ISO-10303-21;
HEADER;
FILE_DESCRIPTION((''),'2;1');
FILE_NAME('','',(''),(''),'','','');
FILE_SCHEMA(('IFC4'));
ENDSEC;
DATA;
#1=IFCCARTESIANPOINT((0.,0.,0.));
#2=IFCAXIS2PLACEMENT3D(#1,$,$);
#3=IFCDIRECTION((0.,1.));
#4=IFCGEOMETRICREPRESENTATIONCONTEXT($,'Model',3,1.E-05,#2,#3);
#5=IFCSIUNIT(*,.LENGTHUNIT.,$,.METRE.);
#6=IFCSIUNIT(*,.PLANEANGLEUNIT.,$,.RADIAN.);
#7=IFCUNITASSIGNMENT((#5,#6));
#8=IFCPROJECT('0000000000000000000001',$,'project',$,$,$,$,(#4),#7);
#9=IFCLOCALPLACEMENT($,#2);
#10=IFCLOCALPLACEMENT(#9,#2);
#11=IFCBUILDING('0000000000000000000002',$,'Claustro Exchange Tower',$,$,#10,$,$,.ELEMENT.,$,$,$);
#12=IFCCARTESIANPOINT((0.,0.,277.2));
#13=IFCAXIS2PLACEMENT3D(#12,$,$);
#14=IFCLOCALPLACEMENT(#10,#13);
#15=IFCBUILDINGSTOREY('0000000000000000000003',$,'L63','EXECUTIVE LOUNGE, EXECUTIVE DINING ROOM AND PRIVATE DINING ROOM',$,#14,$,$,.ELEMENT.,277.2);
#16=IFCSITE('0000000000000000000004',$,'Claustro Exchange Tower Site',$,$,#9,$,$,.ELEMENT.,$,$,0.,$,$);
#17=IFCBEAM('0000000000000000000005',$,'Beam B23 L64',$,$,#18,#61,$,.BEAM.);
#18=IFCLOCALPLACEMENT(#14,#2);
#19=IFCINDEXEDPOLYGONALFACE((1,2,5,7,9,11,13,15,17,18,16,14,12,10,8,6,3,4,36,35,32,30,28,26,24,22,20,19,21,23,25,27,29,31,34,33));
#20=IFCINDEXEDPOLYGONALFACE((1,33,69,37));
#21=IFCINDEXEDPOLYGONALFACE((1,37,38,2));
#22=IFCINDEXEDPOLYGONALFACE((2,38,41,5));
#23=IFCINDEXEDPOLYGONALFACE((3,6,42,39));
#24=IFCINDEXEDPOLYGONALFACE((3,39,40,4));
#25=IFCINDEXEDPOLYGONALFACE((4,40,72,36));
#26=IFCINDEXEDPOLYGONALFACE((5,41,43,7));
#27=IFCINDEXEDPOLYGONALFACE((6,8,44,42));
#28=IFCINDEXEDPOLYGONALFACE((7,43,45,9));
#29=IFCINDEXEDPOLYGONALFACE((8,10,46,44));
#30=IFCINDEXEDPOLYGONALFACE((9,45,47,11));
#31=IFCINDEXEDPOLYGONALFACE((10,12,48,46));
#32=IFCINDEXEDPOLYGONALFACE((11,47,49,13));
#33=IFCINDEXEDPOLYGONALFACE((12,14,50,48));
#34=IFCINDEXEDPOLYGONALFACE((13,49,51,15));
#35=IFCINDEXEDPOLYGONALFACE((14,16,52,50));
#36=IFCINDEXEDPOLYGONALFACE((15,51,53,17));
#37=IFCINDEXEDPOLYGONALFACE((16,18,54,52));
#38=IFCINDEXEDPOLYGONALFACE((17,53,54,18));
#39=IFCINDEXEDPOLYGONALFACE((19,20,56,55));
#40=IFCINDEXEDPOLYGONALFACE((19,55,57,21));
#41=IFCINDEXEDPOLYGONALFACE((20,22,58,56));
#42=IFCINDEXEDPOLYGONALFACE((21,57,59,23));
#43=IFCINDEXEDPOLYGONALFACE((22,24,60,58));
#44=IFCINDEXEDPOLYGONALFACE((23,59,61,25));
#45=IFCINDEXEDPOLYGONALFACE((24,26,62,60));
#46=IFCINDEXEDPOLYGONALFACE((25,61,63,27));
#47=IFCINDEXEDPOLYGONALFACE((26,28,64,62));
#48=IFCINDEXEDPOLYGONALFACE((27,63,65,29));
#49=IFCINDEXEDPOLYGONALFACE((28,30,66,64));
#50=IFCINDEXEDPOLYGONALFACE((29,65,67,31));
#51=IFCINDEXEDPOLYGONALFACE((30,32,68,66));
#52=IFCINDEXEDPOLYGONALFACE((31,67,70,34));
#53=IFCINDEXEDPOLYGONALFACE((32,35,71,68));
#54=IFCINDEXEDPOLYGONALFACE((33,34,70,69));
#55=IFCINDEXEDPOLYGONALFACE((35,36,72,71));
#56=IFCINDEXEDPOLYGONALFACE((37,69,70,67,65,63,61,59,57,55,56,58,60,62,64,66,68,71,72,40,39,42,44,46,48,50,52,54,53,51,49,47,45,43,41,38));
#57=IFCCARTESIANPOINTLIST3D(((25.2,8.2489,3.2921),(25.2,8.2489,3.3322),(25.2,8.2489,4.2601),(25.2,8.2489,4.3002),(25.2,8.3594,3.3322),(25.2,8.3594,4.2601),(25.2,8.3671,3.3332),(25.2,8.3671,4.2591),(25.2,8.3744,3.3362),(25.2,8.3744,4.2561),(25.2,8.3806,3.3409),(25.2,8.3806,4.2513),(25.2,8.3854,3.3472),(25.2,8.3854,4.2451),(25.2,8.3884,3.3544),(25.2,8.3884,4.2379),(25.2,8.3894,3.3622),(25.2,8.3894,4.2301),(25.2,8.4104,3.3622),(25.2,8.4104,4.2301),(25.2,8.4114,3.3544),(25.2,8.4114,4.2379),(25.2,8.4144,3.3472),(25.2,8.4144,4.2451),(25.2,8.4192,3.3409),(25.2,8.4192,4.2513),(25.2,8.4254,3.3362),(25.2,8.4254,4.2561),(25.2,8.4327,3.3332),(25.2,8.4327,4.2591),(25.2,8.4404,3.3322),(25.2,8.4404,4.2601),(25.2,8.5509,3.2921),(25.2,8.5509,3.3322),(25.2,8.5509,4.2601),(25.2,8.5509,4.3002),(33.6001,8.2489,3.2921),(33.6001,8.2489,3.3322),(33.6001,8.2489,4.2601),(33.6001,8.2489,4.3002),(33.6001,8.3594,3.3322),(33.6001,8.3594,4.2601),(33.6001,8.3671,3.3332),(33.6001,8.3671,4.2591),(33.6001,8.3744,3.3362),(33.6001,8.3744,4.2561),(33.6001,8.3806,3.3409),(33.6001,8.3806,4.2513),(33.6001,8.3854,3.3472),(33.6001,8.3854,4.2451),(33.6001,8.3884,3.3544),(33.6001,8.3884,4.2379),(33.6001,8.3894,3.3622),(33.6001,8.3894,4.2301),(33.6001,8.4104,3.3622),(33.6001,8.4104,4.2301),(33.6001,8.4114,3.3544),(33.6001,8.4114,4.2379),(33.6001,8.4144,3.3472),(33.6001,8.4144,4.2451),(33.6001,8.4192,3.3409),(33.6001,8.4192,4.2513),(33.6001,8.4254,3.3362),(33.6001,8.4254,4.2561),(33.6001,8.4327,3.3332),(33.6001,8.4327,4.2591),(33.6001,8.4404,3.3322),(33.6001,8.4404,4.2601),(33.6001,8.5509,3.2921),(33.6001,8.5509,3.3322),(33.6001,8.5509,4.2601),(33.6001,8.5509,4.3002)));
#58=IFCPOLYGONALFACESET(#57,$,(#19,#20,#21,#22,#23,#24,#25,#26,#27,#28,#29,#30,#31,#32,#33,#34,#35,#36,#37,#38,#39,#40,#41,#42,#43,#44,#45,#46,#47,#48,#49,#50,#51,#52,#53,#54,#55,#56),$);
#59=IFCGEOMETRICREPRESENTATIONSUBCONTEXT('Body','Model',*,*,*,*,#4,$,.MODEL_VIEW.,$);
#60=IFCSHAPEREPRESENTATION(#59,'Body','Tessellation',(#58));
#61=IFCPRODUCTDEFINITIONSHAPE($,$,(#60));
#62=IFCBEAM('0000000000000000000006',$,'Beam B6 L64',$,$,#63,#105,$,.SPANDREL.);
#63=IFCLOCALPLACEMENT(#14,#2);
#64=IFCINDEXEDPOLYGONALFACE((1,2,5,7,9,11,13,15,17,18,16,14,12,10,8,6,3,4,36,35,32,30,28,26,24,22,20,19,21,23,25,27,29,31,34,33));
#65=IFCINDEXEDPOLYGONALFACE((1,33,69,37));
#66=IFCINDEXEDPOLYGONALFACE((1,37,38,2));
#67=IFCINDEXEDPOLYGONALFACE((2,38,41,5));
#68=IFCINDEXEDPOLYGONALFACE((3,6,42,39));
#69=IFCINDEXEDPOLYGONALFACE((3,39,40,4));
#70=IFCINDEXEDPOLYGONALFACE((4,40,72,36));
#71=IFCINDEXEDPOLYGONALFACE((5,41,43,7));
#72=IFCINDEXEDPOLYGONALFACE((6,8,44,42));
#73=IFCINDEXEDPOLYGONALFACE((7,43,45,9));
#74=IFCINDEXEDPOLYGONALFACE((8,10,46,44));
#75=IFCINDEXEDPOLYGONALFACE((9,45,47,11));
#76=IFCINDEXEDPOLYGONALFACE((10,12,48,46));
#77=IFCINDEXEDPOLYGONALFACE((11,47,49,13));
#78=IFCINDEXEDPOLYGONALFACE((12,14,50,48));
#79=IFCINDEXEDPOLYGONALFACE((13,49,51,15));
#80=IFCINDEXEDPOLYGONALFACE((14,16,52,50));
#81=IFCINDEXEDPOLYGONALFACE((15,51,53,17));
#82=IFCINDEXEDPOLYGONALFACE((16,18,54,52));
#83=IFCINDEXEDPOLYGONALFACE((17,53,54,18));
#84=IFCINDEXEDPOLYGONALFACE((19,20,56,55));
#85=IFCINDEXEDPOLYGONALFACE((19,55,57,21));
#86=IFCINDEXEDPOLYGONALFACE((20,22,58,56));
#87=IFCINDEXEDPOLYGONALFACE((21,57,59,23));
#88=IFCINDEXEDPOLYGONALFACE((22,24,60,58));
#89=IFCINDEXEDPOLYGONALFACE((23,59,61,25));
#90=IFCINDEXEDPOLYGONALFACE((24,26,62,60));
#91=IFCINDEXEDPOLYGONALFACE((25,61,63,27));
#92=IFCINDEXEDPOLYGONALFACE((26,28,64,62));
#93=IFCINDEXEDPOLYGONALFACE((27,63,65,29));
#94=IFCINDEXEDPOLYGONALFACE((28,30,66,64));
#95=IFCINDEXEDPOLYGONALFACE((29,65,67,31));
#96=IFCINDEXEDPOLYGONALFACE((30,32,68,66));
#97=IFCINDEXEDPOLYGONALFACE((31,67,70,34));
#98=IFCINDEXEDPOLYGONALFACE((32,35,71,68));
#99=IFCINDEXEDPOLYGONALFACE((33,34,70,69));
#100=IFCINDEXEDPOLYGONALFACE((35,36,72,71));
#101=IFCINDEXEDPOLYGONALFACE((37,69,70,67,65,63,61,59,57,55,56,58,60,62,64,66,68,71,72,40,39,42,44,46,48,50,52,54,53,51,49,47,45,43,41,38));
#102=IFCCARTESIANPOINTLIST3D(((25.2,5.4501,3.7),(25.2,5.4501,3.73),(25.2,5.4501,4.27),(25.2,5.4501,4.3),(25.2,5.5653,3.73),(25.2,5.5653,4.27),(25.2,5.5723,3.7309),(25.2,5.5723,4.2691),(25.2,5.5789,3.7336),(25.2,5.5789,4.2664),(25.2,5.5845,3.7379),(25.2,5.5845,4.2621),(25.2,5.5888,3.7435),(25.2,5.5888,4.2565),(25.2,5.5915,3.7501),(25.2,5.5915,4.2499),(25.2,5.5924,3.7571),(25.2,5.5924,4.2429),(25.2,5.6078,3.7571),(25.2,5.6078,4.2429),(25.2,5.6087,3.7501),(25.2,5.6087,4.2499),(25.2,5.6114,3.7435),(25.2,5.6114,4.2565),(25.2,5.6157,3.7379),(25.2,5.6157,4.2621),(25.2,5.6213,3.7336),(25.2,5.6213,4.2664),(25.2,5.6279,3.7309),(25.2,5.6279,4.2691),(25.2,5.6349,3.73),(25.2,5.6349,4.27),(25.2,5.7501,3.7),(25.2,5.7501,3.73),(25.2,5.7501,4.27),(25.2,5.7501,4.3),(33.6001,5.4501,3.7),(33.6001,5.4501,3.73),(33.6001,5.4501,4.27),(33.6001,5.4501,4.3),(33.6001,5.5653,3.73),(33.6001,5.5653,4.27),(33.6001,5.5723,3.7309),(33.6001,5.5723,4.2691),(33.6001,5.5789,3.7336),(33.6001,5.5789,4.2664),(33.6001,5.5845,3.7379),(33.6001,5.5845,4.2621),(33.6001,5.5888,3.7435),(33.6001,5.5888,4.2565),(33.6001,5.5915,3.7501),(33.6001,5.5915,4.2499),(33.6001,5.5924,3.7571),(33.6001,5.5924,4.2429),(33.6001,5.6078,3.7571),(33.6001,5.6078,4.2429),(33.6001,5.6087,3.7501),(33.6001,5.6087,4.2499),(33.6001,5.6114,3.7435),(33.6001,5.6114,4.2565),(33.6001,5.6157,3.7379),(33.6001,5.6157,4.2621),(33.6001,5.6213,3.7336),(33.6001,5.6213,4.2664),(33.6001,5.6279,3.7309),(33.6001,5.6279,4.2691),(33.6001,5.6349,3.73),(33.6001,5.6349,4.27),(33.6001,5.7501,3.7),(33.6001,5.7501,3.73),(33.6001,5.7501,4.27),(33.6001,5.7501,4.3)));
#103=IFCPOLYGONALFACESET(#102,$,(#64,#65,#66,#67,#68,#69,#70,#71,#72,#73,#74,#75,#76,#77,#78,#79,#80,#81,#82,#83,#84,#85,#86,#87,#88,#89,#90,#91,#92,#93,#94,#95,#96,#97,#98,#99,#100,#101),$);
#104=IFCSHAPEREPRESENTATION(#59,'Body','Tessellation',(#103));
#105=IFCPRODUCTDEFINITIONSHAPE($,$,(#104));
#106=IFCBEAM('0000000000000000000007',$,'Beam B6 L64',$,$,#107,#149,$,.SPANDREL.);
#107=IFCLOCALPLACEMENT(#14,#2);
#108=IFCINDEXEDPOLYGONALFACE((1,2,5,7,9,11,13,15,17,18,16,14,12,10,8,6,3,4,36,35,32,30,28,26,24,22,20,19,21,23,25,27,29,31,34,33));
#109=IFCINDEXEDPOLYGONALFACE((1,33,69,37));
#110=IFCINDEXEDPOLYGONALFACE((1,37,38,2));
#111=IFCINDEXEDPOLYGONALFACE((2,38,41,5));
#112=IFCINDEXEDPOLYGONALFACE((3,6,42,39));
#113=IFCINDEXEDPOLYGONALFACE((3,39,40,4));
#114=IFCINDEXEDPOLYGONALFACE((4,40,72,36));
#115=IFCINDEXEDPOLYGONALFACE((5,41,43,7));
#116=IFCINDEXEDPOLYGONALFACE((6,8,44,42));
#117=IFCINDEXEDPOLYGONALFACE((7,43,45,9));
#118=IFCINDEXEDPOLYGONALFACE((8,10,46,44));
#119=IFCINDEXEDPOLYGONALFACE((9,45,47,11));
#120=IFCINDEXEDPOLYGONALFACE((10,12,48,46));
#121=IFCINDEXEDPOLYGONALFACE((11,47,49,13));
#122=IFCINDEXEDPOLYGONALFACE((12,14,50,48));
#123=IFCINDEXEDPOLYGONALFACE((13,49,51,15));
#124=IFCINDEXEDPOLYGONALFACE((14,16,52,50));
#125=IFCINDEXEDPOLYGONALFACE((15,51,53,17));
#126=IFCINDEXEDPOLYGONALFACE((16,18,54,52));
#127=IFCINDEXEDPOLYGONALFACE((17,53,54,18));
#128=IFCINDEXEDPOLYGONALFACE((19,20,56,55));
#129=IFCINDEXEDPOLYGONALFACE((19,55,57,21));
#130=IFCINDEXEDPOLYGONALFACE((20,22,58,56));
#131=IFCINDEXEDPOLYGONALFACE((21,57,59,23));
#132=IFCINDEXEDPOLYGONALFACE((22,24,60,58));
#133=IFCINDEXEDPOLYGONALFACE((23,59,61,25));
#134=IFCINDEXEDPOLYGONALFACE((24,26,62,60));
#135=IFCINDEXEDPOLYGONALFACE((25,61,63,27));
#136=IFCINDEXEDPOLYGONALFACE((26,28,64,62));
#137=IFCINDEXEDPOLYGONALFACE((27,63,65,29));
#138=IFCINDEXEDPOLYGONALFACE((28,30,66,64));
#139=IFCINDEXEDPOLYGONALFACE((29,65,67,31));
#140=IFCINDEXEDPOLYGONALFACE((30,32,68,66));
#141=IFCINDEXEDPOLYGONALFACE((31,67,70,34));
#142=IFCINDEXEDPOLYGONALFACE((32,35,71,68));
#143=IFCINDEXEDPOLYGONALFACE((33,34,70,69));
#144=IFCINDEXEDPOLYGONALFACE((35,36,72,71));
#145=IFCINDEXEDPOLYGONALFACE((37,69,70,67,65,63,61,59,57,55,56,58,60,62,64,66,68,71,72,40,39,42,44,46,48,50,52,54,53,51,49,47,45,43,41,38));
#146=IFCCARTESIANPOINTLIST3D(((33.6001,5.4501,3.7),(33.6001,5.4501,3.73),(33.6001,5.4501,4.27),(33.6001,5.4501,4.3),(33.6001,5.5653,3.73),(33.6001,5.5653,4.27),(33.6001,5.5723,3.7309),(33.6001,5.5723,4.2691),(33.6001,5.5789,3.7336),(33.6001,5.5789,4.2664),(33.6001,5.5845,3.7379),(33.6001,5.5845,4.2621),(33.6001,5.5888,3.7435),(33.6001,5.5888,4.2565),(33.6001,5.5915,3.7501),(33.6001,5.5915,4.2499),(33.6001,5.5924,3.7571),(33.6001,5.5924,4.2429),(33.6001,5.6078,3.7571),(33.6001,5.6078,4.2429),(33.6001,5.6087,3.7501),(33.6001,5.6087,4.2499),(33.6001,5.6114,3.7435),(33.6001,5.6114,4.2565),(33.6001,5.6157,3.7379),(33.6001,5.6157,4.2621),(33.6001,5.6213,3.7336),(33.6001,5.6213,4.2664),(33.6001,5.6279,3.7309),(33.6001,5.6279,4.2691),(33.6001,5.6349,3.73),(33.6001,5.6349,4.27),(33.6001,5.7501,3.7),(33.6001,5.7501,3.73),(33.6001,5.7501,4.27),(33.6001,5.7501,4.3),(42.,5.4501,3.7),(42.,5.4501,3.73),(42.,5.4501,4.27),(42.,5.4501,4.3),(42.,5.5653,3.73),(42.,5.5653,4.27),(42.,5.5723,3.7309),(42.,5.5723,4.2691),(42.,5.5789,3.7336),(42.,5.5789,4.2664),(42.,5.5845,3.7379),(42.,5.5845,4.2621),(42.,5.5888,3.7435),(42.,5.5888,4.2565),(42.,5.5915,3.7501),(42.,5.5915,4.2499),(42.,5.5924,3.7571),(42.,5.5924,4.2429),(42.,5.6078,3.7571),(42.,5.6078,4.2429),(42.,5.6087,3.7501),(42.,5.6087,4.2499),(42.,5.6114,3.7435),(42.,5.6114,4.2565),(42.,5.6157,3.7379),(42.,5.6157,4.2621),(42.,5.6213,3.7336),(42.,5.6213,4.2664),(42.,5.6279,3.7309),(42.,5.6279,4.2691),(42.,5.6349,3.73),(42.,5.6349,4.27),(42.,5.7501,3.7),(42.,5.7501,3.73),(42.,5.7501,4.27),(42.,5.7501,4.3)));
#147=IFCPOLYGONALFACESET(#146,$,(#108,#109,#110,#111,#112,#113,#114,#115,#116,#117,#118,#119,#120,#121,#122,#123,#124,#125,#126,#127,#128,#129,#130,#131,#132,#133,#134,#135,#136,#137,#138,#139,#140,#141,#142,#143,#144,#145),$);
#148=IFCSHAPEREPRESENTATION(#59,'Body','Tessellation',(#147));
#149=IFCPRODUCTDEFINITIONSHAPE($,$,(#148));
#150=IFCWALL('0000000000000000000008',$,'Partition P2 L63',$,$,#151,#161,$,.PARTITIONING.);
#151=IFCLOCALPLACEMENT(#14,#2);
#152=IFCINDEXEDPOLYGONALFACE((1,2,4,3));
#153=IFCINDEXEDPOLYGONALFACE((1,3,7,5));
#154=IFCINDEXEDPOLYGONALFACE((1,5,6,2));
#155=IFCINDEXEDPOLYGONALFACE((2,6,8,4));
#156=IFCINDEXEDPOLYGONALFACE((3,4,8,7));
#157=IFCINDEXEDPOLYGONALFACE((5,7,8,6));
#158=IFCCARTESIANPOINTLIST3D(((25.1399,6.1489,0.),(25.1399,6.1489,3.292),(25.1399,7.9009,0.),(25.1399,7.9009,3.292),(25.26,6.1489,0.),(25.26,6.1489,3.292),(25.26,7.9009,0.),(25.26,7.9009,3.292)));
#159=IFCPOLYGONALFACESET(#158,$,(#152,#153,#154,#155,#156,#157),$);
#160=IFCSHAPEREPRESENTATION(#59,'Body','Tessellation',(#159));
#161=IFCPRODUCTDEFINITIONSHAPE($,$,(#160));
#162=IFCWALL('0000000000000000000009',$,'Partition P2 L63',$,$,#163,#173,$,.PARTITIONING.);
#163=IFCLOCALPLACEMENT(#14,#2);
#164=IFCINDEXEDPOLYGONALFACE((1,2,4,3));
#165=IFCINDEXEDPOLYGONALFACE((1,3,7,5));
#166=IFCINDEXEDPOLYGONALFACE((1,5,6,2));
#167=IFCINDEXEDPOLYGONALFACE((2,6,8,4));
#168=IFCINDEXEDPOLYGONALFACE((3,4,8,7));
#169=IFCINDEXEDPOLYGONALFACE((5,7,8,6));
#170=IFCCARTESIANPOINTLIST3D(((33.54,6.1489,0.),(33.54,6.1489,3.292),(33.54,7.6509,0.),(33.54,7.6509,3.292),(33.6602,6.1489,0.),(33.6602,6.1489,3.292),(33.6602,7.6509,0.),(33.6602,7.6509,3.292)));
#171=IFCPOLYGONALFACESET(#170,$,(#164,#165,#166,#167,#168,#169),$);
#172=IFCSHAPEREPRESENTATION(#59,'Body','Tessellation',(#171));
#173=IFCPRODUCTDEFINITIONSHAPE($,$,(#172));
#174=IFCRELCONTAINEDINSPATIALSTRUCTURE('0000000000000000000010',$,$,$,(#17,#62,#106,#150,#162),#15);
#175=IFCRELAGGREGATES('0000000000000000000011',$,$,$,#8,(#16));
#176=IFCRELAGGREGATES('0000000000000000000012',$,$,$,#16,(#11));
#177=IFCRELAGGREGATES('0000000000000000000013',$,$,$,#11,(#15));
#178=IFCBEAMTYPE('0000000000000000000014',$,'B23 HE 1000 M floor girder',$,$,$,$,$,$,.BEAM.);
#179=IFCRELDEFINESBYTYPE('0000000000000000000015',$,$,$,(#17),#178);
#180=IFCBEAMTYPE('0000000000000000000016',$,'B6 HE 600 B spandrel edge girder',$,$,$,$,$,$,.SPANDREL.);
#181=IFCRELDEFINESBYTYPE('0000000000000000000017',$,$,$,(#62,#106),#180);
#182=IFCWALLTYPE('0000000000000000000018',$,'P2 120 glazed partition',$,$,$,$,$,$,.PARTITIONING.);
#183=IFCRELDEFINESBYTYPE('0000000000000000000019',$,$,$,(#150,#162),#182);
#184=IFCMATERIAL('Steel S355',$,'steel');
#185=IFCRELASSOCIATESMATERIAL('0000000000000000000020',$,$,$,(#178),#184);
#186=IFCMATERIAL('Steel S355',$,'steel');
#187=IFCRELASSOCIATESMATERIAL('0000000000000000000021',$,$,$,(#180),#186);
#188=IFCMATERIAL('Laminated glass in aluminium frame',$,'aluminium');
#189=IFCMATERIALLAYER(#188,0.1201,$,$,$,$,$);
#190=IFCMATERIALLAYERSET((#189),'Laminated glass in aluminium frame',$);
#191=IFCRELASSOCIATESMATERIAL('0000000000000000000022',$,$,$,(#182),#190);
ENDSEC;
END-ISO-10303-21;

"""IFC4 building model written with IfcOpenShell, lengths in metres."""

from ifc_helpers import new_model, si_unit, direction, frame, frame_2d, origin, origin_2d, place, context, subcontext, project, spatial, rectangle, i_section, extrude, material, layer, layer_set, material_profile, profile_set, type_object, element, save


model = new_model("IFC4")

# Units and contexts
model_context = context("Model", 3, precision=1e-05, world=origin(), true_north=direction((0.0, 1.0)))
body_context = subcontext(model_context, "Body", "Model", "MODEL_VIEW")
ifc_project = project(units=[si_unit("LENGTHUNIT", "METRE"), si_unit("PLANEANGLEUNIT", "RADIAN")], contexts=[model_context])

# Site, building, storey
site_placement = place(None, origin())
site = spatial("IfcSite", under=ifc_project, at=site_placement, Name="Claustro Exchange Tower Site", CompositionType="ELEMENT", RefElevation=0.0)
building_placement = place(site_placement, origin())
building = spatial("IfcBuilding", under=site, at=building_placement, Name="Claustro Exchange Tower", CompositionType="ELEMENT")
storey_placement = place(building_placement, frame((0.0, 0.0, 277.2)))
storey = spatial("IfcBuildingStorey", under=building, at=storey_placement, Name="L63", Description="EXECUTIVE LOUNGE, EXECUTIVE DINING ROOM AND PRIVATE DINING ROOM", CompositionType="ELEMENT", Elevation=277.2)

# Beams
ifc_material_1 = material(Name="Steel S355", Category="steel")
ifc_material_profile_1 = material_profile(ifc_material_1, i_section(OverallWidth=0.302, OverallDepth=1.0081, WebThickness=0.021, FlangeThickness=0.04, FilletRadius=0.03, at=origin_2d()), Name="HE 1000 M")
ifc_profile_set_1 = profile_set([ifc_material_profile_1], Name="Steel S355")
beam_type_1 = type_object("IfcBeamType", Name="B23 HE 1000 M floor girder", PredefinedType="BEAM", material=ifc_profile_set_1)
beam_1_placement = place(storey_placement, frame((25.2, 8.3999, 3.7961), z_axis=(1.0, 0.0, 0.0), x_axis=(0.0, 1.0, 0.0)))
element("IfcBeam", 1, at=beam_1_placement, inside=storey, type_object=beam_type_1, Name="Beam B23 L64", PredefinedType="BEAM", context=body_context, shape_type="SweptSolid", body=[
    extrude(i_section(OverallWidth=0.302, OverallDepth=1.0081, WebThickness=0.021, FlangeThickness=0.04, FilletRadius=0.03, at=origin_2d()), origin(), (0.0, 0.0, 1.0), 8.4001),
])
ifc_material_2 = material(Name="Steel S355", Category="steel")
ifc_material_profile_2 = material_profile(ifc_material_2, i_section(OverallWidth=0.3, OverallDepth=0.6001, WebThickness=0.0154, FlangeThickness=0.03, FilletRadius=0.0271, at=origin_2d()), Name="HE 600 B")
ifc_profile_set_2 = profile_set([ifc_material_profile_2], Name="Steel S355")
beam_type_2 = type_object("IfcBeamType", Name="B6 HE 600 B spandrel edge girder", PredefinedType="SPANDREL", material=ifc_profile_set_2)
beam_2_placement = place(storey_placement, frame((25.2, 5.6001, 4.0), z_axis=(1.0, 0.0, 0.0), x_axis=(0.0, 1.0, 0.0)))
element("IfcBeam", 2, at=beam_2_placement, inside=storey, type_object=beam_type_2, Name="Beam B6 L64", PredefinedType="SPANDREL", context=body_context, shape_type="SweptSolid", body=[
    extrude(i_section(OverallWidth=0.3, OverallDepth=0.6001, WebThickness=0.0154, FlangeThickness=0.03, FilletRadius=0.0271, at=origin_2d()), origin(), (0.0, 0.0, 1.0), 8.4001),
])
beam_3_placement = place(storey_placement, frame((33.6001, 5.6001, 4.0), z_axis=(1.0, 0.0, 0.0), x_axis=(0.0, 1.0, 0.0)))
element("IfcBeam", 3, at=beam_3_placement, inside=storey, type_object=beam_type_2, Name="Beam B6 L64", PredefinedType="SPANDREL", context=body_context, shape_type="SweptSolid", body=[
    extrude(i_section(OverallWidth=0.3, OverallDepth=0.6001, WebThickness=0.0154, FlangeThickness=0.03, FilletRadius=0.0271, at=origin_2d()), origin(), (0.0, 0.0, 1.0), 8.3999),
])

# Walls
ifc_material_3 = material(Name="Laminated glass in aluminium frame", Category="aluminium")
ifc_layer_1 = layer(ifc_material_3, 0.1201)
ifc_layer_set_1 = layer_set([ifc_layer_1], Name="Laminated glass in aluminium frame")
wall_type_1 = type_object("IfcWallType", Name="P2 120 glazed partition", PredefinedType="PARTITIONING", material=ifc_layer_set_1)
wall_1_placement = place(storey_placement, frame((25.2, 6.1489, 0.0), z_axis=(0.0, 0.0, 1.0), x_axis=(0.0, 1.0, 0.0)))
element("IfcWall", 4, at=wall_1_placement, inside=storey, type_object=wall_type_1, Name="Partition P2 L63", PredefinedType="PARTITIONING", context=body_context, shape_type="SweptSolid", body=[
    extrude(rectangle(XDim=1.752, YDim=0.1201, at=frame_2d((0.876, 0.0))), origin(), (0.0, 0.0, 1.0), 3.292),
])
wall_2_placement = place(storey_placement, frame((33.6001, 6.1489, 0.0), z_axis=(0.0, 0.0, 1.0), x_axis=(0.0, 1.0, 0.0)))
element("IfcWall", 5, at=wall_2_placement, inside=storey, type_object=wall_type_1, Name="Partition P2 L63", PredefinedType="PARTITIONING", context=body_context, shape_type="SweptSolid", body=[
    extrude(rectangle(XDim=1.502, YDim=0.1201, at=frame_2d((0.751, 0.0))), origin(), (0.0, 0.0, 1.0), 3.292),
])

save(model, "model.ifc")
